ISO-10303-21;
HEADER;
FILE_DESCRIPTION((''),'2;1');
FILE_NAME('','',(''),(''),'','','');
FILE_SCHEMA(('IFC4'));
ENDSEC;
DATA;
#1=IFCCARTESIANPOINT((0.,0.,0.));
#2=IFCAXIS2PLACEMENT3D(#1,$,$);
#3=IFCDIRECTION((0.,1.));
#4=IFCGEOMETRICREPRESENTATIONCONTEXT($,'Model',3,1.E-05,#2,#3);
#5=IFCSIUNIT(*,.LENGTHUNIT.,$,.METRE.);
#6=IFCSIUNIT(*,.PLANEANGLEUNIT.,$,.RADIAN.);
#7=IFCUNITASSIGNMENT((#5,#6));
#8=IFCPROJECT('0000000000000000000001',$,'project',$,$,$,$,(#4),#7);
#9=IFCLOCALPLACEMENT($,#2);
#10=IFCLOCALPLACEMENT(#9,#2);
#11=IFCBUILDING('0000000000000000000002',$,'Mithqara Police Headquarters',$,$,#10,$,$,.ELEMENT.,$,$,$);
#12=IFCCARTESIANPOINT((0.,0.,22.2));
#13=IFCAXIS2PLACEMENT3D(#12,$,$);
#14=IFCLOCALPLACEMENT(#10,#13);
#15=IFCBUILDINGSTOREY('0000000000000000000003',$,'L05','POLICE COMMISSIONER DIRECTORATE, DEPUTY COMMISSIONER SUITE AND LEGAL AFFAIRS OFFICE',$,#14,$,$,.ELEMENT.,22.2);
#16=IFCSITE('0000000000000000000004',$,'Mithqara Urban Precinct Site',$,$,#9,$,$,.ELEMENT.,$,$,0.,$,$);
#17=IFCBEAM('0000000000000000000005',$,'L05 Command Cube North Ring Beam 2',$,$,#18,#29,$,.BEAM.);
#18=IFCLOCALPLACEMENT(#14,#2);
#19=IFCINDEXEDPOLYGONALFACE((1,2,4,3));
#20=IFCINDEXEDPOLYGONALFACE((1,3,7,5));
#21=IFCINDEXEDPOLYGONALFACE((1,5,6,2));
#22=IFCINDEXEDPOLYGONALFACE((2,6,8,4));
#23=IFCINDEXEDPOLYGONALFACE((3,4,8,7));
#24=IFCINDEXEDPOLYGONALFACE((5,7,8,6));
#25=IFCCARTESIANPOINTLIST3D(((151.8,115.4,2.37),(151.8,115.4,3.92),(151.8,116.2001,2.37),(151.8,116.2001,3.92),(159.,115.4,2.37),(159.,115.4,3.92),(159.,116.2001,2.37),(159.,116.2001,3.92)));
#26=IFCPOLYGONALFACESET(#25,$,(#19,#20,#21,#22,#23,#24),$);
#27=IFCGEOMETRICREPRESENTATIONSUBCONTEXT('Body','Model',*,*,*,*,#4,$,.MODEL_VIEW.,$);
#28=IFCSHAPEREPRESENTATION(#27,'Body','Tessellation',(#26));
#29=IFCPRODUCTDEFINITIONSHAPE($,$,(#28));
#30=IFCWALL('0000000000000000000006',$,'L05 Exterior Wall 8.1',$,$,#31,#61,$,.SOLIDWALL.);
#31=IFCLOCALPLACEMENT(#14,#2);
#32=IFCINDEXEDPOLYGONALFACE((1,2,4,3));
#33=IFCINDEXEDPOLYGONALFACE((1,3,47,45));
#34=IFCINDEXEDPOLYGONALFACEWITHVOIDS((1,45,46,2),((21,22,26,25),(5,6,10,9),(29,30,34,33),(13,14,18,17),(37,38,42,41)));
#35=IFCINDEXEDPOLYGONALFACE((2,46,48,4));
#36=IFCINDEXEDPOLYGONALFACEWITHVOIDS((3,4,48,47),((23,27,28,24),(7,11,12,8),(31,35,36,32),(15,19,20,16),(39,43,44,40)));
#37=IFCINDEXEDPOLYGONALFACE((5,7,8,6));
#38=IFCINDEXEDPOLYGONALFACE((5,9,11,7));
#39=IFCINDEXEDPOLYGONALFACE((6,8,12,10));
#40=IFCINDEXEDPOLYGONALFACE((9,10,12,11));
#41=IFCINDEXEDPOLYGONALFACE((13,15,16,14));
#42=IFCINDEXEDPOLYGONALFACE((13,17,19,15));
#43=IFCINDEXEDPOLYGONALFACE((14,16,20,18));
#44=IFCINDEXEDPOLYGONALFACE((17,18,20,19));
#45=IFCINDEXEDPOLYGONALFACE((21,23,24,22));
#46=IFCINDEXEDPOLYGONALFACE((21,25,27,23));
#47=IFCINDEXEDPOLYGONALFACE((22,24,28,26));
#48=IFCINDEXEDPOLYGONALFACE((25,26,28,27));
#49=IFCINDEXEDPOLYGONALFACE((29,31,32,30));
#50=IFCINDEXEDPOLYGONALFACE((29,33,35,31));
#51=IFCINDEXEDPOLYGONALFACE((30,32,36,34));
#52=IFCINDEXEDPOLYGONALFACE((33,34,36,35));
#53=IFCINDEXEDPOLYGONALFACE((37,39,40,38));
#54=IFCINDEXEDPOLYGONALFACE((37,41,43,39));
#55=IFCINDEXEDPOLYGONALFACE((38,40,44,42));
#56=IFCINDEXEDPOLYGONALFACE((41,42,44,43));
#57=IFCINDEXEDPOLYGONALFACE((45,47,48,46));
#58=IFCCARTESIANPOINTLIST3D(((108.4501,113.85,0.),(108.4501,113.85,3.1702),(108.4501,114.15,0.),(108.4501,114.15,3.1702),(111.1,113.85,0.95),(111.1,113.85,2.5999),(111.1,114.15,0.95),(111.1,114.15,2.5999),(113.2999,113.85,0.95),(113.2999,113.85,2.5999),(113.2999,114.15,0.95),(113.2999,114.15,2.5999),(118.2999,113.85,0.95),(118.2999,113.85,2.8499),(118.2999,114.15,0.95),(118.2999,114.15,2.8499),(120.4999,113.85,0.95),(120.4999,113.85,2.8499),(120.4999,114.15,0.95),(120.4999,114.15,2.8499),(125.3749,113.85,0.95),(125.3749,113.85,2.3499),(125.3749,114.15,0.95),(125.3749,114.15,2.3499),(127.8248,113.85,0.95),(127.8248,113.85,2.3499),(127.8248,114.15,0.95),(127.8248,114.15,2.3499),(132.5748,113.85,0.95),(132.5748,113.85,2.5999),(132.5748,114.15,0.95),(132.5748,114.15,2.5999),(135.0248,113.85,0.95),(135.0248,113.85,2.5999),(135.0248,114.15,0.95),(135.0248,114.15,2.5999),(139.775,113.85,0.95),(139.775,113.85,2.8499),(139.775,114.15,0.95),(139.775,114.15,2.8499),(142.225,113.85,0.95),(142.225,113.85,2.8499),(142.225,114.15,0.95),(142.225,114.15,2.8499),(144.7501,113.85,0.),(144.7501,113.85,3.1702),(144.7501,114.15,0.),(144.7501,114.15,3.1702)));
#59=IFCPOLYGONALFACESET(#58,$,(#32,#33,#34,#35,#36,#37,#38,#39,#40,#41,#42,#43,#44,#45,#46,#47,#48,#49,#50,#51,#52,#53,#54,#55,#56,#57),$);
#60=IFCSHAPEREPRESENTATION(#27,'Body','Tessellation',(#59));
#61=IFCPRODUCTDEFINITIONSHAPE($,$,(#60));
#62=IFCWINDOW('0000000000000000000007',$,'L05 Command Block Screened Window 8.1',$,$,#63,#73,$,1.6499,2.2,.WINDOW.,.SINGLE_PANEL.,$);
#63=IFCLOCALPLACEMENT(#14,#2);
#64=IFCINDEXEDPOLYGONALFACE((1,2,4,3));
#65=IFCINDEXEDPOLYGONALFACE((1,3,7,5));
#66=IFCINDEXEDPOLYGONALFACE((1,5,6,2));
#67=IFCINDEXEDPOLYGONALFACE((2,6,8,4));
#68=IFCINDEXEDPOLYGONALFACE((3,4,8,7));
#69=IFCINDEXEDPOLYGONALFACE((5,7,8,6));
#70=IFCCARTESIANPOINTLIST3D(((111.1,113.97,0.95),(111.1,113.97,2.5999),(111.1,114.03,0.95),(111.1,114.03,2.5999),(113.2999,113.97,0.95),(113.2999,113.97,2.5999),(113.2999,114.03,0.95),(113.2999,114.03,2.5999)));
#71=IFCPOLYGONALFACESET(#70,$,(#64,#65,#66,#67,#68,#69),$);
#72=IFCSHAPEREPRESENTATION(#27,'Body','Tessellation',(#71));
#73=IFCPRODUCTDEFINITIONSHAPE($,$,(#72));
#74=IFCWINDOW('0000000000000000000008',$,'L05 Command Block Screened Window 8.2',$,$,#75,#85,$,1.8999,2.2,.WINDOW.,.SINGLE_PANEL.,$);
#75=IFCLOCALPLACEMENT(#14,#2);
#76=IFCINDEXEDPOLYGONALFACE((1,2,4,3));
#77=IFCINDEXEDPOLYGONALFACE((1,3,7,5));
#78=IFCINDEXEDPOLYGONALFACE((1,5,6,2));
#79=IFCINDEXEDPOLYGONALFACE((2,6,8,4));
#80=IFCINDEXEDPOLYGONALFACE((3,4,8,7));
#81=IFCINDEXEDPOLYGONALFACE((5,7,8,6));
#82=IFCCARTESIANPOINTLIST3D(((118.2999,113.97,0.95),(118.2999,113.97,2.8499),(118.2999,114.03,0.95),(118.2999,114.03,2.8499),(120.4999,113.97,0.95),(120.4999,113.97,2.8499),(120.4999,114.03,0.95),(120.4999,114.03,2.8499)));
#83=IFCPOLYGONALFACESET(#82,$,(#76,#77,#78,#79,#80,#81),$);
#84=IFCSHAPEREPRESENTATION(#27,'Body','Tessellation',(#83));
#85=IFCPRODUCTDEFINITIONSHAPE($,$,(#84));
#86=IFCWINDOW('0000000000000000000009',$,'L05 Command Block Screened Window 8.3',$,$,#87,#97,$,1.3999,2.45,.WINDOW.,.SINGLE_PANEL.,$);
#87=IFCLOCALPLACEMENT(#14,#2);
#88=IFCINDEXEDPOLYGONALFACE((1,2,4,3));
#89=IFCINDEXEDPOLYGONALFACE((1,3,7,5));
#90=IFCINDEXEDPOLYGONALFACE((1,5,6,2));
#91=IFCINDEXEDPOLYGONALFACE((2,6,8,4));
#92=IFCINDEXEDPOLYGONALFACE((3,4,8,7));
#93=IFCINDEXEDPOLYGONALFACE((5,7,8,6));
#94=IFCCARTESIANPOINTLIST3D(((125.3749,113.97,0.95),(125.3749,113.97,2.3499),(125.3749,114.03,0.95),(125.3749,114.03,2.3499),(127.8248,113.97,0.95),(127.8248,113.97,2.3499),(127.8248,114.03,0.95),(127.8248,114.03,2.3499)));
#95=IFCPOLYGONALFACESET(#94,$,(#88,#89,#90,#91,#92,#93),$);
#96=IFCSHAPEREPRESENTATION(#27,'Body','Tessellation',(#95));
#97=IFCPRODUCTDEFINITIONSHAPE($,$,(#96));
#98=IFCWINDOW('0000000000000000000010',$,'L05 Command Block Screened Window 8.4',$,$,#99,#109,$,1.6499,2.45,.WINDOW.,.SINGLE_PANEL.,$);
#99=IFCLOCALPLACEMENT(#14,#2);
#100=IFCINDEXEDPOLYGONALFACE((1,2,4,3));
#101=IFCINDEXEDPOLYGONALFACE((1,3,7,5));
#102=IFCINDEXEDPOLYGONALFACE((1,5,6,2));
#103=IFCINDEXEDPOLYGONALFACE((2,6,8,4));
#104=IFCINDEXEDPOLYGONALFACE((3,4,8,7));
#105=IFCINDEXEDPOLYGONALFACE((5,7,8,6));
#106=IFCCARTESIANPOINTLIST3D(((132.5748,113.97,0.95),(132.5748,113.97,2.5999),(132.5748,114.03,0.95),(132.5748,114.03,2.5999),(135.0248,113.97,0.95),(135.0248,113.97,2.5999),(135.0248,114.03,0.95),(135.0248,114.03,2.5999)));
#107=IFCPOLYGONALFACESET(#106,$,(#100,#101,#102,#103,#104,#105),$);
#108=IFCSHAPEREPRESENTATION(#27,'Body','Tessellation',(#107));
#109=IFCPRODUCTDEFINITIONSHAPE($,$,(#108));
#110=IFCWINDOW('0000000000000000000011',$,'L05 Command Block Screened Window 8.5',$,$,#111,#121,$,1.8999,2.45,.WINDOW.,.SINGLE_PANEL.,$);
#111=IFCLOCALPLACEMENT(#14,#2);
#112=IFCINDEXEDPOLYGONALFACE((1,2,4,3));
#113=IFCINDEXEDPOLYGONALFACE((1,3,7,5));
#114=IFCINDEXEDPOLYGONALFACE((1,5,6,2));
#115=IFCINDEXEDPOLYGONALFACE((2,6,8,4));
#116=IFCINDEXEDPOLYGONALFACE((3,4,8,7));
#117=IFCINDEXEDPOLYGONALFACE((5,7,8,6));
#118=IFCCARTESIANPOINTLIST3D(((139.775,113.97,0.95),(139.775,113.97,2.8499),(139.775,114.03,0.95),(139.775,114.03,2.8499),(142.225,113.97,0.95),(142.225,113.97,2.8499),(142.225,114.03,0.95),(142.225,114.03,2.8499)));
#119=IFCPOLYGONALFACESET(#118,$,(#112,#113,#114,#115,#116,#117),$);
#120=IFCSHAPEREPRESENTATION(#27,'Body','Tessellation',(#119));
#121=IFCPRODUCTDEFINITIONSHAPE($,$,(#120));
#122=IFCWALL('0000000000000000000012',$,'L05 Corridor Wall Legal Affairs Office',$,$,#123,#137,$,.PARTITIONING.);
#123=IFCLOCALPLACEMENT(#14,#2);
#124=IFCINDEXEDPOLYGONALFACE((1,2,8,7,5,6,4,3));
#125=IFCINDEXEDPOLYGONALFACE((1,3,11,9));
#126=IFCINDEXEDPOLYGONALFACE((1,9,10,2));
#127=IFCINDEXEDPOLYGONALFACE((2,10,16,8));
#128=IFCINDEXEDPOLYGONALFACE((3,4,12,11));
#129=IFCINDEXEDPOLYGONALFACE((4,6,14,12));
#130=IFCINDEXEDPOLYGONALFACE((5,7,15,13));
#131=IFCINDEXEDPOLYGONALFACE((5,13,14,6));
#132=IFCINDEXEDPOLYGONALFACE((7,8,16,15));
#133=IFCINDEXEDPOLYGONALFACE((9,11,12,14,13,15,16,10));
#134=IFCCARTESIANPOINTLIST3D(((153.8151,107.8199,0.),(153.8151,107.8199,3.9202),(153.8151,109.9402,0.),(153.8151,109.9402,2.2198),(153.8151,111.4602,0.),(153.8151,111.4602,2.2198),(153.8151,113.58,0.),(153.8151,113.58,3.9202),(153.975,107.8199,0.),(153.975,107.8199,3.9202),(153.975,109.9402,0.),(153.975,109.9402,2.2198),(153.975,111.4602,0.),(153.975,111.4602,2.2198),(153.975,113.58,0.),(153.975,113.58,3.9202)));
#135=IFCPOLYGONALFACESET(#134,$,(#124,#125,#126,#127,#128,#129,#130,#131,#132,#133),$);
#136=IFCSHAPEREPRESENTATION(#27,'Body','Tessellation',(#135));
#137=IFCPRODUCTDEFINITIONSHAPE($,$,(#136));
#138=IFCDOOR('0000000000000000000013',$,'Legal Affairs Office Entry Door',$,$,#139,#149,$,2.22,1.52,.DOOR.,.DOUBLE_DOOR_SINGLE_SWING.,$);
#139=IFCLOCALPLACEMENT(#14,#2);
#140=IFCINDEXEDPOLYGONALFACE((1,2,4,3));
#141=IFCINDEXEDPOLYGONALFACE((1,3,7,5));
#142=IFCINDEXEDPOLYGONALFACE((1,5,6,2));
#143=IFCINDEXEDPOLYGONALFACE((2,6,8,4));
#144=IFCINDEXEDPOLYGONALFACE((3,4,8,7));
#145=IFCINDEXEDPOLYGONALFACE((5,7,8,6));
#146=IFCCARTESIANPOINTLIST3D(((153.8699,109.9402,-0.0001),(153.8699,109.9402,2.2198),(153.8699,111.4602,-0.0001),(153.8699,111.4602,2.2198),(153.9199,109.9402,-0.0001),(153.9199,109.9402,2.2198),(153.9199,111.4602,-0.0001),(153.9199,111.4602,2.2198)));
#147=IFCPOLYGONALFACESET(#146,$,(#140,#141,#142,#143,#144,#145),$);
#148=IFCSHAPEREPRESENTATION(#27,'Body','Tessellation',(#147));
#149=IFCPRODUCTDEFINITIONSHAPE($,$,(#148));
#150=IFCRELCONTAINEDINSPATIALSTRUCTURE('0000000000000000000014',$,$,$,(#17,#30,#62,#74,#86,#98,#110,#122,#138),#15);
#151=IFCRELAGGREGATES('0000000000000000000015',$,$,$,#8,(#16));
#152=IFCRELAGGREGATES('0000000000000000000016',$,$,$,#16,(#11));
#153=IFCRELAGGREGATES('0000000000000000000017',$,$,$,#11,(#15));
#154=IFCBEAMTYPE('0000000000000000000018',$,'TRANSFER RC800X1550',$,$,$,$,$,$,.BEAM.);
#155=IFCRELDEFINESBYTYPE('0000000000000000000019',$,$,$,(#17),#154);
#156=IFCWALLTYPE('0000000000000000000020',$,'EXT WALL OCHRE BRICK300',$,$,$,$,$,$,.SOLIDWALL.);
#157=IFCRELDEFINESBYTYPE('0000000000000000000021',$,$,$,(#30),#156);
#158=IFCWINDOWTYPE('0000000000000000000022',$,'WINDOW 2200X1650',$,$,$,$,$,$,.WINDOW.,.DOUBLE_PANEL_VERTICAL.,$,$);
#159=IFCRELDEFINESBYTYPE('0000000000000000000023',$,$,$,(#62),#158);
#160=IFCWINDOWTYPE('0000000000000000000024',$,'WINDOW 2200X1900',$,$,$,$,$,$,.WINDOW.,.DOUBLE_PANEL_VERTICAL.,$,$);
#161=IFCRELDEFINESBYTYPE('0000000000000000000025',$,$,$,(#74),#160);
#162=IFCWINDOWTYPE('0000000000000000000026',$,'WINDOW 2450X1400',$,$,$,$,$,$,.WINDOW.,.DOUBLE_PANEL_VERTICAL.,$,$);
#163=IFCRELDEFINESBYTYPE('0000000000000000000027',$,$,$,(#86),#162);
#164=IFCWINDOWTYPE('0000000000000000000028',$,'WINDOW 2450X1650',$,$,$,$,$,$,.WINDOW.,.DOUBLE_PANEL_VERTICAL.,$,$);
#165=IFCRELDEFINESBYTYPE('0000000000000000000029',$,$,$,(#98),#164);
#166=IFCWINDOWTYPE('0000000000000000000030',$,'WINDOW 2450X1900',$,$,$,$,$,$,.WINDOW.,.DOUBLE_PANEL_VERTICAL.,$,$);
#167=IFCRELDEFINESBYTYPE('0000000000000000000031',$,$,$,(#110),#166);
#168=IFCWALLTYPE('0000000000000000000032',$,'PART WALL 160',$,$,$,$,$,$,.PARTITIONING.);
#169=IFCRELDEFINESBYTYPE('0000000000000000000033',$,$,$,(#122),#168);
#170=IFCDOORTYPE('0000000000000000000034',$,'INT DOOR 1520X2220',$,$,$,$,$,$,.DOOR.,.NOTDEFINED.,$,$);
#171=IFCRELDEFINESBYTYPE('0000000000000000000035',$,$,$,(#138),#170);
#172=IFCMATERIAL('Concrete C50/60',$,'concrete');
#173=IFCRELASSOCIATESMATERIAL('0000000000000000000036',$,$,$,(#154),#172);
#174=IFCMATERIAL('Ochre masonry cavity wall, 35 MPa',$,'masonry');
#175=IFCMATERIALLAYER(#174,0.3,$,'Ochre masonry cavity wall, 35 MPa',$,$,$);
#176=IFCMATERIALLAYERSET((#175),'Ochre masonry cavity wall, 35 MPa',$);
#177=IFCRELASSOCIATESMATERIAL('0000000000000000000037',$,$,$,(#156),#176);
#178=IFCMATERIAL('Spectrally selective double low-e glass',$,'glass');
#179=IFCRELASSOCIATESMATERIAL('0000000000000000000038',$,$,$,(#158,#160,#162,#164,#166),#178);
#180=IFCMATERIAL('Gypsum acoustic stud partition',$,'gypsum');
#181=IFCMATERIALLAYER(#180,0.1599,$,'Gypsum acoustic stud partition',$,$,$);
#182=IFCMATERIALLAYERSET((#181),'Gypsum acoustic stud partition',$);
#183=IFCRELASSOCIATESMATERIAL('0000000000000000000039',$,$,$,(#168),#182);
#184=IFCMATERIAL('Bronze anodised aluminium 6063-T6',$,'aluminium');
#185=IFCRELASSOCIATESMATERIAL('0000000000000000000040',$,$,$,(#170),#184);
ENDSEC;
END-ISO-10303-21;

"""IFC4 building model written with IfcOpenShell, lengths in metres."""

from ifc_helpers import new_model, si_unit, direction, frame, frame_2d, origin, origin_2d, place, context, subcontext, project, spatial, rectangle, extrude, material, layer, layer_set, material_profile, profile_set, type_object, element, fill, save


model = new_model("IFC4")

# Units and contexts
model_context = context("Model", 3, precision=1e-05, world=origin(), true_north=direction((0.0, 1.0)))
body_context = subcontext(model_context, "Body", "Model", "MODEL_VIEW")
ifc_project = project(units=[si_unit("LENGTHUNIT", "METRE"), si_unit("PLANEANGLEUNIT", "RADIAN")], contexts=[model_context])

# Site, building, storey
site_placement = place(None, origin())
site = spatial("IfcSite", under=ifc_project, at=site_placement, Name="Mithqara Urban Precinct Site", CompositionType="ELEMENT", RefElevation=0.0)
building_placement = place(site_placement, origin())
building = spatial("IfcBuilding", under=site, at=building_placement, Name="Mithqara Police Headquarters", CompositionType="ELEMENT")
storey_placement = place(building_placement, frame((0.0, 0.0, 22.2)))
storey = spatial("IfcBuildingStorey", under=building, at=storey_placement, Name="L05", Description="POLICE COMMISSIONER DIRECTORATE, DEPUTY COMMISSIONER SUITE AND LEGAL AFFAIRS OFFICE", CompositionType="ELEMENT", Elevation=22.2)

# Shared definitions
ifc_material_1 = material(Name="Concrete C50/60", Category="concrete")

# Beam
ifc_material_profile_1 = material_profile(ifc_material_1, rectangle(XDim=0.8, YDim=1.55, at=origin_2d()), Name="RC 800x1550")
ifc_profile_set_1 = profile_set([ifc_material_profile_1], Name="Concrete C50/60")
beam_type_1 = type_object("IfcBeamType", Name="TRANSFER RC800X1550", PredefinedType="BEAM", material=ifc_profile_set_1)
for number, where, z_axis, x_axis, name in (
    (1, (151.8, 115.8, 3.145), (1.0, 0.0, 0.0), (0.0, 1.0, 0.0), "L05 Command Cube North Ring Beam 2"),
):
    element("IfcBeam", number, at=place(storey_placement, frame(where, z_axis=z_axis, x_axis=x_axis)), inside=storey, type_object=beam_type_1, Name=name, PredefinedType="BEAM", context=body_context, shape_type="SweptSolid", body=[
        extrude(rectangle(XDim=0.8, YDim=1.55, at=origin_2d()), origin(), (0.0, 0.0, 1.0), 7.2),
    ])

# Wall, openings, windows
ifc_material_2 = material(Name="Ochre masonry cavity wall, 35 MPa", Category="masonry")
ifc_layer_1 = layer(ifc_material_2, 0.3, Name="Ochre masonry cavity wall, 35 MPa")
ifc_layer_set_1 = layer_set([ifc_layer_1], Name="Ochre masonry cavity wall, 35 MPa")
wall_type_1 = type_object("IfcWallType", Name="EXT WALL OCHRE BRICK300", PredefinedType="SOLIDWALL", material=ifc_layer_set_1)
wall_1_placement = place(storey_placement, frame((144.75, 114.0, 0.0), z_axis=(0.0, 0.0, 1.0), x_axis=(-1.0, 0.0, 0.0)))
wall_1 = element("IfcWall", 2, at=wall_1_placement, inside=storey, type_object=wall_type_1, Name="L05 Exterior Wall 8.1", PredefinedType="SOLIDWALL", context=body_context, shape_type="SweptSolid", body=[
    extrude(rectangle(XDim=36.3, YDim=0.3, at=frame_2d((18.1499, 0.0))), origin(), (0.0, 0.0, 1.0), 3.1702),
])
opening_1_placement = place(wall_1_placement, frame((31.45, 0.0, 0.95)))
opening_1 = element("IfcOpeningElement", 3, at=opening_1_placement, cuts=wall_1, PredefinedType="OPENING", context=body_context, shape_type="SweptSolid", body=[
    extrude(rectangle(XDim=2.2, YDim=1.6499, at=frame_2d((1.1001, 0.825))), frame((0.0, 0.1602, 0.0), z_axis=(0.0, -1.0, 0.0), x_axis=(1.0, 0.0, 0.0)), (0.0, 0.0, 1.0), 0.3201),
])
opening_2_placement = place(wall_1_placement, frame((24.25, 0.0, 0.95)))
opening_2 = element("IfcOpeningElement", 4, at=opening_2_placement, cuts=wall_1, PredefinedType="OPENING", context=body_context, shape_type="SweptSolid", body=[
    extrude(rectangle(XDim=2.2, YDim=1.8999, at=frame_2d((1.1001, 0.95))), frame((0.0, 0.1602, 0.0), z_axis=(0.0, -1.0, 0.0), x_axis=(1.0, 0.0, 0.0)), (0.0, 0.0, 1.0), 0.3201),
])
opening_3_placement = place(wall_1_placement, frame((16.925, 0.0, 0.95)))
opening_3 = element("IfcOpeningElement", 5, at=opening_3_placement, cuts=wall_1, PredefinedType="OPENING", context=body_context, shape_type="SweptSolid", body=[
    extrude(rectangle(XDim=2.45, YDim=1.3999, at=frame_2d((1.2251, 0.7))), frame((0.0, 0.1602, 0.0), z_axis=(0.0, -1.0, 0.0), x_axis=(1.0, 0.0, 0.0)), (0.0, 0.0, 1.0), 0.3201),
])
opening_4_placement = place(wall_1_placement, frame((9.7251, 0.0, 0.95)))
opening_4 = element("IfcOpeningElement", 6, at=opening_4_placement, cuts=wall_1, PredefinedType="OPENING", context=body_context, shape_type="SweptSolid", body=[
    extrude(rectangle(XDim=2.45, YDim=1.6499, at=frame_2d((1.2251, 0.825))), frame((0.0, 0.1602, 0.0), z_axis=(0.0, -1.0, 0.0), x_axis=(1.0, 0.0, 0.0)), (0.0, 0.0, 1.0), 0.3201),
])
opening_5_placement = place(wall_1_placement, frame((2.5249, 0.0, 0.95)))
opening_5 = element("IfcOpeningElement", 7, at=opening_5_placement, cuts=wall_1, PredefinedType="OPENING", context=body_context, shape_type="SweptSolid", body=[
    extrude(rectangle(XDim=2.45, YDim=1.8999, at=frame_2d((1.2251, 0.95))), frame((0.0, 0.1602, 0.0), z_axis=(0.0, -1.0, 0.0), x_axis=(1.0, 0.0, 0.0)), (0.0, 0.0, 1.0), 0.3201),
])
ifc_material_3 = material(Name="Spectrally selective double low-e glass", Category="glass")
window_type_1 = type_object("IfcWindowType", Name="WINDOW 2200X1650", PartitioningType="DOUBLE_PANEL_VERTICAL", PredefinedType="WINDOW", material=ifc_material_3)
window_1_placement = place(opening_1_placement, origin())
window_1 = element("IfcWindow", 8, at=window_1_placement, inside=storey, type_object=window_type_1, Name="L05 Command Block Screened Window 8.1", OverallHeight=1.6499, OverallWidth=2.2, PartitioningType="SINGLE_PANEL", PredefinedType="WINDOW", context=body_context, shape_type="SweptSolid", body=[
    extrude(rectangle(XDim=2.2, YDim=1.6499, at=frame_2d((1.1001, 0.825))), frame((0.0, 0.03, 0.0), z_axis=(0.0, -1.0, 0.0), x_axis=(1.0, 0.0, 0.0)), (0.0, 0.0, 1.0), 0.0601),
])
fill(opening_1, window_1)
window_type_2 = type_object("IfcWindowType", Name="WINDOW 2200X1900", PartitioningType="DOUBLE_PANEL_VERTICAL", PredefinedType="WINDOW", material=ifc_material_3)
window_2_placement = place(opening_2_placement, origin())
window_2 = element("IfcWindow", 9, at=window_2_placement, inside=storey, type_object=window_type_2, Name="L05 Command Block Screened Window 8.2", OverallHeight=1.8999, OverallWidth=2.2, PartitioningType="SINGLE_PANEL", PredefinedType="WINDOW", context=body_context, shape_type="SweptSolid", body=[
    extrude(rectangle(XDim=2.2, YDim=1.8999, at=frame_2d((1.1001, 0.95))), frame((0.0, 0.03, 0.0), z_axis=(0.0, -1.0, 0.0), x_axis=(1.0, 0.0, 0.0)), (0.0, 0.0, 1.0), 0.0601),
])
fill(opening_2, window_2)
window_type_3 = type_object("IfcWindowType", Name="WINDOW 2450X1400", PartitioningType="DOUBLE_PANEL_VERTICAL", PredefinedType="WINDOW", material=ifc_material_3)
window_3_placement = place(opening_3_placement, origin())
window_3 = element("IfcWindow", 10, at=window_3_placement, inside=storey, type_object=window_type_3, Name="L05 Command Block Screened Window 8.3", OverallHeight=1.3999, OverallWidth=2.45, PartitioningType="SINGLE_PANEL", PredefinedType="WINDOW", context=body_context, shape_type="SweptSolid", body=[
    extrude(rectangle(XDim=2.45, YDim=1.3999, at=frame_2d((1.2251, 0.7))), frame((0.0, 0.03, 0.0), z_axis=(0.0, -1.0, 0.0), x_axis=(1.0, 0.0, 0.0)), (0.0, 0.0, 1.0), 0.0601),
])
fill(opening_3, window_3)
window_type_4 = type_object("IfcWindowType", Name="WINDOW 2450X1650", PartitioningType="DOUBLE_PANEL_VERTICAL", PredefinedType="WINDOW", material=ifc_material_3)
window_4_placement = place(opening_4_placement, origin())
window_4 = element("IfcWindow", 11, at=window_4_placement, inside=storey, type_object=window_type_4, Name="L05 Command Block Screened Window 8.4", OverallHeight=1.6499, OverallWidth=2.45, PartitioningType="SINGLE_PANEL", PredefinedType="WINDOW", context=body_context, shape_type="SweptSolid", body=[
    extrude(rectangle(XDim=2.45, YDim=1.6499, at=frame_2d((1.2251, 0.825))), frame((0.0, 0.03, 0.0), z_axis=(0.0, -1.0, 0.0), x_axis=(1.0, 0.0, 0.0)), (0.0, 0.0, 1.0), 0.0601),
])
fill(opening_4, window_4)
window_type_5 = type_object("IfcWindowType", Name="WINDOW 2450X1900", PartitioningType="DOUBLE_PANEL_VERTICAL", PredefinedType="WINDOW", material=ifc_material_3)
window_5_placement = place(opening_5_placement, origin())
window_5 = element("IfcWindow", 12, at=window_5_placement, inside=storey, type_object=window_type_5, Name="L05 Command Block Screened Window 8.5", OverallHeight=1.8999, OverallWidth=2.45, PartitioningType="SINGLE_PANEL", PredefinedType="WINDOW", context=body_context, shape_type="SweptSolid", body=[
    extrude(rectangle(XDim=2.45, YDim=1.8999, at=frame_2d((1.2251, 0.95))), frame((0.0, 0.03, 0.0), z_axis=(0.0, -1.0, 0.0), x_axis=(1.0, 0.0, 0.0)), (0.0, 0.0, 1.0), 0.0601),
])
fill(opening_5, window_5)

# Wall, opening, door
ifc_material_4 = material(Name="Gypsum acoustic stud partition", Category="gypsum")
ifc_layer_2 = layer(ifc_material_4, 0.1599, Name="Gypsum acoustic stud partition")
ifc_layer_set_2 = layer_set([ifc_layer_2], Name="Gypsum acoustic stud partition")
wall_type_2 = type_object("IfcWallType", Name="PART WALL 160", PredefinedType="PARTITIONING", material=ifc_layer_set_2)
wall_2_placement = place(storey_placement, frame((153.895, 107.8201, 0.0), z_axis=(0.0, 0.0, 1.0), x_axis=(0.0, 1.0, 0.0)))
wall_2 = element("IfcWall", 13, at=wall_2_placement, inside=storey, type_object=wall_type_2, Name="L05 Corridor Wall Legal Affairs Office", PredefinedType="PARTITIONING", context=body_context, shape_type="SweptSolid", body=[
    extrude(rectangle(XDim=5.76, YDim=0.1599, at=frame_2d((2.8799, 0.0))), origin(), (0.0, 0.0, 1.0), 3.9202),
])
opening_6_placement = place(wall_2_placement, frame((2.1201, 0.0, 0.0)))
opening_6 = element("IfcOpeningElement", 14, at=opening_6_placement, cuts=wall_2, PredefinedType="OPENING", context=body_context, shape_type="SweptSolid", body=[
    extrude(rectangle(XDim=1.52, YDim=2.22, at=frame_2d((0.76, 1.1099))), frame((0.0, 0.0898, 0.0), z_axis=(0.0, -1.0, 0.0), x_axis=(1.0, 0.0, 0.0)), (0.0, 0.0, 1.0), 0.1799),
])
ifc_material_5 = material(Name="Bronze anodised aluminium 6063-T6", Category="aluminium")
door_type = type_object("IfcDoorType", Name="INT DOOR 1520X2220", OperationType="NOTDEFINED", PredefinedType="DOOR", material=ifc_material_5)
door_placement = place(opening_6_placement, frame((1.52, 0.0, 0.0), z_axis=(0.0, 0.0, 1.0), x_axis=(-1.0, 0.0, 0.0)))
door = element("IfcDoor", 15, at=door_placement, inside=storey, type_object=door_type, Name="Legal Affairs Office Entry Door", OperationType="DOUBLE_DOOR_SINGLE_SWING", OverallHeight=2.22, OverallWidth=1.52, PredefinedType="DOOR", context=body_context, shape_type="SweptSolid", body=[
    extrude(rectangle(XDim=1.52, YDim=2.22, at=frame_2d((0.76, 1.1099))), frame((0.0, 0.0249, 0.0), z_axis=(0.0, -1.0, 0.0), x_axis=(1.0, 0.0, 0.0)), (0.0, 0.0, 1.0), 0.05),
])
fill(opening_6, door)

save(model, "model.ifc")
